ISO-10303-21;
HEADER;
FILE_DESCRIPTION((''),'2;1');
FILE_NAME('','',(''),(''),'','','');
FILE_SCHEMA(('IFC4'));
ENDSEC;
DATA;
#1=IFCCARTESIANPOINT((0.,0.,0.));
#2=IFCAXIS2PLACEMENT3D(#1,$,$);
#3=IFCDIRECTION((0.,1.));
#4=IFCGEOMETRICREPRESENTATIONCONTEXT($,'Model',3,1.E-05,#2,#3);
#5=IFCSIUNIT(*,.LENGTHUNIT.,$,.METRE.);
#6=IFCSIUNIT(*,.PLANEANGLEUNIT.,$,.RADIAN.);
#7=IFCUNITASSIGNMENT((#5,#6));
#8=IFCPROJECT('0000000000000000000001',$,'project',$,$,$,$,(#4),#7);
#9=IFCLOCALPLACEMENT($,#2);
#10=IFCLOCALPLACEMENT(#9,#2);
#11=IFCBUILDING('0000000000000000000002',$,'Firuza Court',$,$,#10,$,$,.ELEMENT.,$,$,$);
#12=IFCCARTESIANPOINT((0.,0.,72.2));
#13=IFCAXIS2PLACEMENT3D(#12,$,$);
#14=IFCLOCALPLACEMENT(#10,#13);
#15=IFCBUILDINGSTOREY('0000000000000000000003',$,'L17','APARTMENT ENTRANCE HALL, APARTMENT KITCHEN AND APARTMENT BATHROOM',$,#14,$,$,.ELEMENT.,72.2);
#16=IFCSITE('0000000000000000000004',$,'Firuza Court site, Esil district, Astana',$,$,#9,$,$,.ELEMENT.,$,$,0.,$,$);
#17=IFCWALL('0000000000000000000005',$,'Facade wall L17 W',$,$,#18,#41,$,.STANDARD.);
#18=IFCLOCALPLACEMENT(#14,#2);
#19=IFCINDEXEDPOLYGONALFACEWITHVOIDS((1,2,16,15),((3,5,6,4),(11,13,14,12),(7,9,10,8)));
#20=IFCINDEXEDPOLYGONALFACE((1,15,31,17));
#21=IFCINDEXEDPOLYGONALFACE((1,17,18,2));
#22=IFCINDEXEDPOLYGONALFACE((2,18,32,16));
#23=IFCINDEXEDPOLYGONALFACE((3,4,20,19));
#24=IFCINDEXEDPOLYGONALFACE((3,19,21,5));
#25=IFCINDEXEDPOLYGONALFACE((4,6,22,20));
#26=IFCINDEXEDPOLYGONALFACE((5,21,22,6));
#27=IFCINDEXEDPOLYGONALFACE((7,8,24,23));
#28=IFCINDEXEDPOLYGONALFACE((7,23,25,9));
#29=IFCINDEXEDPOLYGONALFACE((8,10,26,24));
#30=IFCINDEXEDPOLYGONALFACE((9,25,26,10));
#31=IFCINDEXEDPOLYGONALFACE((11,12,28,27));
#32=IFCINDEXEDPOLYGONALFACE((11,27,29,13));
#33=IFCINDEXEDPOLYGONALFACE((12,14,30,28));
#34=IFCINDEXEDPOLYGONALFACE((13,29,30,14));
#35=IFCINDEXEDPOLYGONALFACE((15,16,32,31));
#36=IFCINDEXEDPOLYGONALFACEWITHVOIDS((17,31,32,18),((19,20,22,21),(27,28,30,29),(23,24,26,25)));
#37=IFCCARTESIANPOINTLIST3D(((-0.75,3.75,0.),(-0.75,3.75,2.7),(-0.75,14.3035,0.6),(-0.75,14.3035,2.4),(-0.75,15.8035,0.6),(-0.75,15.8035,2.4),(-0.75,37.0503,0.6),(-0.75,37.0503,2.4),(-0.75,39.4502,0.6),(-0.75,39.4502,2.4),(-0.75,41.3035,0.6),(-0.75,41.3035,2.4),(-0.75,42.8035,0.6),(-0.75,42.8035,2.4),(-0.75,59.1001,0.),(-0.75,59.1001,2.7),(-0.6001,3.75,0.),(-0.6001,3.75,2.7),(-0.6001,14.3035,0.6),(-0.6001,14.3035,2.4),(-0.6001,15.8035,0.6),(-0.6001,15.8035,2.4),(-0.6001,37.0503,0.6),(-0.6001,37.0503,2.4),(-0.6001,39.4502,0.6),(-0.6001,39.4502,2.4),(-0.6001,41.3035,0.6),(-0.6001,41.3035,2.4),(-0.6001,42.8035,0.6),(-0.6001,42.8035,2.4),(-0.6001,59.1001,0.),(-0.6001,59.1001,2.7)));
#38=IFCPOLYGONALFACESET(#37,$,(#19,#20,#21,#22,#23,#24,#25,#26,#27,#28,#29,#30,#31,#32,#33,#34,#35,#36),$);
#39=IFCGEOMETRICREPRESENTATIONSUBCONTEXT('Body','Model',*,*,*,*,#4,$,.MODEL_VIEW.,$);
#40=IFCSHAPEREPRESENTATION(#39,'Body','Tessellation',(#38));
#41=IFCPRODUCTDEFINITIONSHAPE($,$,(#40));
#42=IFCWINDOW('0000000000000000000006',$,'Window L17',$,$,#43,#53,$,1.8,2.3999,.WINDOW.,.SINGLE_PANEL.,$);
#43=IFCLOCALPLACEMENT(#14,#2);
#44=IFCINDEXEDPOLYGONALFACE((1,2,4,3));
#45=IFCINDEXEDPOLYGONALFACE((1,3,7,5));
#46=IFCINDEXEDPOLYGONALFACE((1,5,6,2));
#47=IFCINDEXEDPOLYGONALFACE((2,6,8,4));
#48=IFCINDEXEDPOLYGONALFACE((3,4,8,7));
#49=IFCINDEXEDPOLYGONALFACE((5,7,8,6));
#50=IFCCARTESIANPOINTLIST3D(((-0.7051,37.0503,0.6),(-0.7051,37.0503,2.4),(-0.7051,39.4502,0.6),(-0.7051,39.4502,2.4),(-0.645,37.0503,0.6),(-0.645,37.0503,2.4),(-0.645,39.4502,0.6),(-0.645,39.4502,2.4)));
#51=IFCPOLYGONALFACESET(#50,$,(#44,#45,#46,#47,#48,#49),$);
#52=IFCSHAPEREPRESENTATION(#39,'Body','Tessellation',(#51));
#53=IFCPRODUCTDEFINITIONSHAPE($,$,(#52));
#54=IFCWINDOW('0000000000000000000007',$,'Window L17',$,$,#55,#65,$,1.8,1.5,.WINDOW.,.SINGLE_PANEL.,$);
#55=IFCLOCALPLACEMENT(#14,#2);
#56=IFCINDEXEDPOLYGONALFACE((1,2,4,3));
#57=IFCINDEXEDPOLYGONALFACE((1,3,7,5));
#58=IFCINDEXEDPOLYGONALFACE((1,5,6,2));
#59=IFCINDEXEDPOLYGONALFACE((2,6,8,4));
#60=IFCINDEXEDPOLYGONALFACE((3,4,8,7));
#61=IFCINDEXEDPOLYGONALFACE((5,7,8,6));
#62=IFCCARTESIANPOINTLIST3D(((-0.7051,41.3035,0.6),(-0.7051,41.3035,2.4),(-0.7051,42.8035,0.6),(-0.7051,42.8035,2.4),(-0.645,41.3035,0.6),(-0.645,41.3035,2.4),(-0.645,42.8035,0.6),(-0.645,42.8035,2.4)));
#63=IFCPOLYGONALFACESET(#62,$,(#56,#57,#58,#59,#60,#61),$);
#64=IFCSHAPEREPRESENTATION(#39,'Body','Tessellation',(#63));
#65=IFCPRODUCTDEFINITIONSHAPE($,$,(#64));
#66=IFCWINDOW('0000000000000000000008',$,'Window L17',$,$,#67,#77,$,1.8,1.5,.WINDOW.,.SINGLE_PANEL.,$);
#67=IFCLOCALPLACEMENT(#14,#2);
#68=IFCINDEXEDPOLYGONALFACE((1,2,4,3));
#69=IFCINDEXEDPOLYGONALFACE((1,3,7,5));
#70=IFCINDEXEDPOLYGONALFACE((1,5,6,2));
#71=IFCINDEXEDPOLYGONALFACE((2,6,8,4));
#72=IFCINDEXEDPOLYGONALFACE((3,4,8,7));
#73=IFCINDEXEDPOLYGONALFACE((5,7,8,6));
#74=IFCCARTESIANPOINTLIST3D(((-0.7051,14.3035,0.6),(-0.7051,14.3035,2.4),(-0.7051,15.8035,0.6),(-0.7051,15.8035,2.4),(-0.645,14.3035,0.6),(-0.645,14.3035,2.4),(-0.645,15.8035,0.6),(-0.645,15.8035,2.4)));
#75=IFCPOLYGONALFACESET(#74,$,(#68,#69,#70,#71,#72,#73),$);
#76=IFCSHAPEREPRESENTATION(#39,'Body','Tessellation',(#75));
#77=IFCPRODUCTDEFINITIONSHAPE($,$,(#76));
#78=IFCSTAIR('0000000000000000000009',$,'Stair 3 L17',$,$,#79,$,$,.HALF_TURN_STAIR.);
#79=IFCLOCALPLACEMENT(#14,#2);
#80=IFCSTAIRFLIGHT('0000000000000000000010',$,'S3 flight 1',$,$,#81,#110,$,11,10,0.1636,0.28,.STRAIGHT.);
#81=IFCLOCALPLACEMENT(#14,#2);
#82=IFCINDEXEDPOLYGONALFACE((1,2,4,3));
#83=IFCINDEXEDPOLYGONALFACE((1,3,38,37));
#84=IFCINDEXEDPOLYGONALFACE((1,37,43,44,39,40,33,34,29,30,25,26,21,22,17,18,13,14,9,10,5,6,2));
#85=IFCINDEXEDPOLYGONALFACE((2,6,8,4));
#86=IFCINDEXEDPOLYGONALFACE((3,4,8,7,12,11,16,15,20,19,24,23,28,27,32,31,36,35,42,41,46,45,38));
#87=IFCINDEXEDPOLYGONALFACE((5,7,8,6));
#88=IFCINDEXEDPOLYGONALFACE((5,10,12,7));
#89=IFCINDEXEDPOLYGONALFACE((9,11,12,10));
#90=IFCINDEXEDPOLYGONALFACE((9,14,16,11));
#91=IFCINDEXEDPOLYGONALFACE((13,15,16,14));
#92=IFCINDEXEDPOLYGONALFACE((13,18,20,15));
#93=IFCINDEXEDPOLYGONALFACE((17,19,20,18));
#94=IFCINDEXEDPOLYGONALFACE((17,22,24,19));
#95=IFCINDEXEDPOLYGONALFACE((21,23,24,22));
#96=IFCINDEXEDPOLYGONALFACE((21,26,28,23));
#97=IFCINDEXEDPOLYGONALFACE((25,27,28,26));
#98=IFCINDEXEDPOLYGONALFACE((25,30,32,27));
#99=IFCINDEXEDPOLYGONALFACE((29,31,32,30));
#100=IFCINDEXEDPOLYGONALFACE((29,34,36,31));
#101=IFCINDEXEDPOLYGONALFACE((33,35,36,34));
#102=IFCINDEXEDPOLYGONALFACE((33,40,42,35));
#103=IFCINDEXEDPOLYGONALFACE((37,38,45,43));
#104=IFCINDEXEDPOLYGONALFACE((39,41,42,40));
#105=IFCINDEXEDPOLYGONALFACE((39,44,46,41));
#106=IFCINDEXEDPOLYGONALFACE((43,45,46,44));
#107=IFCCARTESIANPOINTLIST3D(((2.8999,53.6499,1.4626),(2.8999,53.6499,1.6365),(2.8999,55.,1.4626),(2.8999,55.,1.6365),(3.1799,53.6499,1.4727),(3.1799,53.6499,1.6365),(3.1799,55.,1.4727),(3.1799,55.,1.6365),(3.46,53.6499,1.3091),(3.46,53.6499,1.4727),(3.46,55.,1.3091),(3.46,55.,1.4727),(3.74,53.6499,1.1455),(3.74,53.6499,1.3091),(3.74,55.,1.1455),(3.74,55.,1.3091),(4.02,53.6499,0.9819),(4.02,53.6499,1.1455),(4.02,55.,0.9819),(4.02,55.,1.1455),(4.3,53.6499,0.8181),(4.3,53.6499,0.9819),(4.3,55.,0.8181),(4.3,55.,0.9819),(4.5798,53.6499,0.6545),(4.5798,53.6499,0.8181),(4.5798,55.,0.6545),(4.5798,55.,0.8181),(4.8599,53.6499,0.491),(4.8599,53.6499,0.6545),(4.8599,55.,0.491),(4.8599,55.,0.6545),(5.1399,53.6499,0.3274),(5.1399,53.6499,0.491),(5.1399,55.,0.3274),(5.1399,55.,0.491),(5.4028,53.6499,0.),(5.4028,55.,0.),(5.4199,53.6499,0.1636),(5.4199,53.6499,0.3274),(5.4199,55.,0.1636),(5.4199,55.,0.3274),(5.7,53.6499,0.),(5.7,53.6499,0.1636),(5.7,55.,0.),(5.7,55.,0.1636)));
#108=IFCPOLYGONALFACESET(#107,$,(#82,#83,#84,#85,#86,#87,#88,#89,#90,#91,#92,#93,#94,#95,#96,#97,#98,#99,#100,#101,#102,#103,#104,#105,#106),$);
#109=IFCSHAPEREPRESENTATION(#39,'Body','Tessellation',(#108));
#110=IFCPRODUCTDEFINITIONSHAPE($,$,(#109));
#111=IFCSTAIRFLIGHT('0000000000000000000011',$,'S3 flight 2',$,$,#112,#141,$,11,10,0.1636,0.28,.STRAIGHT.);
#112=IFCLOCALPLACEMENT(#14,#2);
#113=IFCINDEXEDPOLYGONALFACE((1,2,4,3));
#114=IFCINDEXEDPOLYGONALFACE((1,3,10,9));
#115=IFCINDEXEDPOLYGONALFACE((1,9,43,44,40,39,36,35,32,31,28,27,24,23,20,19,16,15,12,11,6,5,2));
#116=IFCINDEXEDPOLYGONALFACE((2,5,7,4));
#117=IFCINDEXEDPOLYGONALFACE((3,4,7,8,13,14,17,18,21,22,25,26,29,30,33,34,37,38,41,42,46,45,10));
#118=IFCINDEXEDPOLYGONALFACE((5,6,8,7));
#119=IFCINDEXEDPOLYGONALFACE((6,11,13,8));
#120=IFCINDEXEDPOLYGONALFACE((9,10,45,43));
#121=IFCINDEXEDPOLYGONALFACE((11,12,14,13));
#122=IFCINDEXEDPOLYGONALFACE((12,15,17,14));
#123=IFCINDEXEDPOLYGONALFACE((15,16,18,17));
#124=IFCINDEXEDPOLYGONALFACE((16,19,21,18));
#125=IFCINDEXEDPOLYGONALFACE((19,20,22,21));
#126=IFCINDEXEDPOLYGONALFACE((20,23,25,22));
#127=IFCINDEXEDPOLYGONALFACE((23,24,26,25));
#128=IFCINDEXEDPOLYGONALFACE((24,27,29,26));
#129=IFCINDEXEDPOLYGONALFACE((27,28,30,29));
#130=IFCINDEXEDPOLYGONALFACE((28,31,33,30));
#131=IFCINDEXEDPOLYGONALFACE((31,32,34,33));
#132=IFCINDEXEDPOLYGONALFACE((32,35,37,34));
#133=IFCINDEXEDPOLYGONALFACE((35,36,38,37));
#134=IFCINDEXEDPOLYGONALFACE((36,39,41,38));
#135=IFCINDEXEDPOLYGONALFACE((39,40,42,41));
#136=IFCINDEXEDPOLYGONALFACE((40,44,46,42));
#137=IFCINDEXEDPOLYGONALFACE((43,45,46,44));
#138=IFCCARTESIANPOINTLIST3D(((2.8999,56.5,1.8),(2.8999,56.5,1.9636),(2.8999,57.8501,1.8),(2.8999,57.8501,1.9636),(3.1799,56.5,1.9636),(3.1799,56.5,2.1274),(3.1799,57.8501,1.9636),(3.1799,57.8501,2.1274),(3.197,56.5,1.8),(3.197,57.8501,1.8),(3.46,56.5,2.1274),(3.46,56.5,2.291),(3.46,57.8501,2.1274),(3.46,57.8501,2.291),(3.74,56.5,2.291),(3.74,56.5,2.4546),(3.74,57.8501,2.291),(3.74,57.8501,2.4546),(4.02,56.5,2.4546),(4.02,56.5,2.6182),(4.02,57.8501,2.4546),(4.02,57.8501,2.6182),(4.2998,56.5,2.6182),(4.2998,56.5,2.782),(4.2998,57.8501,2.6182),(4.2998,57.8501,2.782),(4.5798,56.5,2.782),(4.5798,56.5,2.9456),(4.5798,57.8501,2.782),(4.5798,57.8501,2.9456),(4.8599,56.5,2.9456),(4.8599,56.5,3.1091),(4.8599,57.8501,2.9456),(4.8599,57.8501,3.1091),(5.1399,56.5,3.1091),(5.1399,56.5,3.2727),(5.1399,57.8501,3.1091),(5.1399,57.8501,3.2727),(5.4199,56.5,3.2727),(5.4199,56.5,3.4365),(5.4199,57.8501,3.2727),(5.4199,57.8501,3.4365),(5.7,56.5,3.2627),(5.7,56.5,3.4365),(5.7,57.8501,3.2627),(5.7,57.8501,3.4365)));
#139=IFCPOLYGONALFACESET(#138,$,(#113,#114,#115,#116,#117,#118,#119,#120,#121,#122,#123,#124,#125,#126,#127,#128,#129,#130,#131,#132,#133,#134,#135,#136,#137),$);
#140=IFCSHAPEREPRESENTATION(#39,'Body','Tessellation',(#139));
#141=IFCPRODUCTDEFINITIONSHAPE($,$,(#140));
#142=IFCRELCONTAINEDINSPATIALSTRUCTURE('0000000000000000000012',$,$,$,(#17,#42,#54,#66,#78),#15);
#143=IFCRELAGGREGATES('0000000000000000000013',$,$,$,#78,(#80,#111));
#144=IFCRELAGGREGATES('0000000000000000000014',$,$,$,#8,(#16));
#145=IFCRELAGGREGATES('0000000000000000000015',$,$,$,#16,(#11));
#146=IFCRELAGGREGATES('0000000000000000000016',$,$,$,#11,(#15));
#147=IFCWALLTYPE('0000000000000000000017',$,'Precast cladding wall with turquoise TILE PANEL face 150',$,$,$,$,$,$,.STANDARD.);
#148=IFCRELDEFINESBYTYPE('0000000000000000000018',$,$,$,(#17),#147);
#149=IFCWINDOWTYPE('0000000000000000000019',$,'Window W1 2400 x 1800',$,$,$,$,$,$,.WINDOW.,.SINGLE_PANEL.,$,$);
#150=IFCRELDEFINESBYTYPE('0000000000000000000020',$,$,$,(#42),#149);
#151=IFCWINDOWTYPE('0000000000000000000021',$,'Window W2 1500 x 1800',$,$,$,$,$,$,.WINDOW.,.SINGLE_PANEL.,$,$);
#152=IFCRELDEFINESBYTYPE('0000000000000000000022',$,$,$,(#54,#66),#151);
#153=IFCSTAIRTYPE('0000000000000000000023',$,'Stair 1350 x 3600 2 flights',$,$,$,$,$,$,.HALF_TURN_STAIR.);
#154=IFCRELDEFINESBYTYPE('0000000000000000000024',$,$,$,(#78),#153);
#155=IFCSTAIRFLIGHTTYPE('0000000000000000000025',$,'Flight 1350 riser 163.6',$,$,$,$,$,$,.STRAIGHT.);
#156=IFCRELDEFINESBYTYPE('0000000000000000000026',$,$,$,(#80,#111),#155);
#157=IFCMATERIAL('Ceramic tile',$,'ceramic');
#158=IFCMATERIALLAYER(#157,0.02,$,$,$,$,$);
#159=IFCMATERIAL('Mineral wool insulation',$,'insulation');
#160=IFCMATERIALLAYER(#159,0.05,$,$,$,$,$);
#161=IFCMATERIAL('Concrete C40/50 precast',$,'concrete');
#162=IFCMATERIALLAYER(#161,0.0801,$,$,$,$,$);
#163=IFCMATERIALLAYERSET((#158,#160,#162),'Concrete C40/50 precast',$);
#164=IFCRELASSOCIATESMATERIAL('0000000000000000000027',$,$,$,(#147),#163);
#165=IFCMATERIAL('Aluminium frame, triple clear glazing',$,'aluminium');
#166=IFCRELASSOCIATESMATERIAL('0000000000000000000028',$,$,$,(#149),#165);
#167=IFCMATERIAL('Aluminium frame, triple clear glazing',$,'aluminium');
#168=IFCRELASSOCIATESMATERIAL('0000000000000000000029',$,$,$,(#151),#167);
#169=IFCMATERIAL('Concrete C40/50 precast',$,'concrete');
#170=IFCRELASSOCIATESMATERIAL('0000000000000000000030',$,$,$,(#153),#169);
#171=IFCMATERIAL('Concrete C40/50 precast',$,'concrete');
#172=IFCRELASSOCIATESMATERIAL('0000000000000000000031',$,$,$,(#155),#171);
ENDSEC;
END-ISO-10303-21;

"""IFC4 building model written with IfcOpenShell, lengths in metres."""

from ifc_helpers import new_model, si_unit, direction, frame, frame_2d, origin, place, context, subcontext, project, spatial, polyline, rectangle, outline, extrude, material, layer, layer_set, type_object, element, fill, aggregate, save


model = new_model("IFC4")

# Units and contexts
model_context = context("Model", 3, precision=1e-05, world=origin(), true_north=direction((0.0, 1.0)))
body_context = subcontext(model_context, "Body", "Model", "MODEL_VIEW")
ifc_project = project(units=[si_unit("LENGTHUNIT", "METRE"), si_unit("PLANEANGLEUNIT", "RADIAN")], contexts=[model_context])

# Site, building, storey
site_placement = place(None, origin())
site = spatial("IfcSite", under=ifc_project, at=site_placement, Name="Firuza Court site, Esil district, Astana", CompositionType="ELEMENT", RefElevation=0.0)
building_placement = place(site_placement, origin())
building = spatial("IfcBuilding", under=site, at=building_placement, Name="Firuza Court", CompositionType="ELEMENT")
storey_placement = place(building_placement, frame((0.0, 0.0, 72.2)))
storey = spatial("IfcBuildingStorey", under=building, at=storey_placement, Name="L17", Description="APARTMENT ENTRANCE HALL, APARTMENT KITCHEN AND APARTMENT BATHROOM", CompositionType="ELEMENT", Elevation=72.2)

# Wall, openings, windows
ifc_material_1 = material(Name="Ceramic tile", Category="ceramic")
ifc_layer_1 = layer(ifc_material_1, 0.02)
ifc_material_2 = material(Name="Mineral wool insulation", Category="insulation")
ifc_layer_2 = layer(ifc_material_2, 0.05)
ifc_material_3 = material(Name="Concrete C40/50 precast", Category="concrete")
ifc_layer_3 = layer(ifc_material_3, 0.0801)
ifc_layer_set_1 = layer_set([ifc_layer_1, ifc_layer_2, ifc_layer_3], Name="Concrete C40/50 precast")
wall_type_1 = type_object("IfcWallType", Name="Precast cladding wall with turquoise TILE PANEL face 150", PredefinedType="STANDARD", material=ifc_layer_set_1)
wall_1_placement = place(storey_placement, frame((-0.675, 59.1001, 0.0), z_axis=(0.0, 0.0, 1.0), x_axis=(0.0, -1.0, 0.0)))
wall_1 = element("IfcWall", 1, at=wall_1_placement, inside=storey, type_object=wall_type_1, Name="Facade wall L17 W", PredefinedType="STANDARD", context=body_context, shape_type="SweptSolid", body=[
    extrude(rectangle(XDim=55.3501, YDim=0.1499, at=frame_2d((27.675, 0.0))), origin(), (0.0, 0.0, 1.0), 2.7),
])
opening_1_placement = place(wall_1_placement, frame((16.2966, 0.0, 0.6001)))
opening_1 = element("IfcOpeningElement", 2, at=opening_1_placement, cuts=wall_1, PredefinedType="OPENING", context=body_context, shape_type="SweptSolid", body=[
    extrude(rectangle(XDim=1.5, YDim=1.8, at=frame_2d((0.75, 0.8999))), frame((0.0, 0.0869, 0.0), z_axis=(0.0, -1.0, 0.0), x_axis=(1.0, 0.0, 0.0)), (0.0, 0.0, 1.0), 0.1738),
])
opening_2_placement = place(wall_1_placement, frame((19.6499, 0.0, 0.6001)))
opening_2 = element("IfcOpeningElement", 3, at=opening_2_placement, cuts=wall_1, PredefinedType="OPENING", context=body_context, shape_type="SweptSolid", body=[
    extrude(rectangle(XDim=2.3999, YDim=1.8, at=frame_2d((1.2, 0.8999))), frame((0.0, 0.0869, 0.0), z_axis=(0.0, -1.0, 0.0), x_axis=(1.0, 0.0, 0.0)), (0.0, 0.0, 1.0), 0.1738),
])
opening_3_placement = place(wall_1_placement, frame((43.2966, 0.0, 0.6001)))
opening_3 = element("IfcOpeningElement", 4, at=opening_3_placement, cuts=wall_1, PredefinedType="OPENING", context=body_context, shape_type="SweptSolid", body=[
    extrude(rectangle(XDim=1.5, YDim=1.8, at=frame_2d((0.75, 0.8999))), frame((0.0, 0.0869, 0.0), z_axis=(0.0, -1.0, 0.0), x_axis=(1.0, 0.0, 0.0)), (0.0, 0.0, 1.0), 0.1738),
])
ifc_material_4 = material(Name="Aluminium frame, triple clear glazing", Category="aluminium")
window_type_1 = type_object("IfcWindowType", Name="Window W1 2400 x 1800", PartitioningType="SINGLE_PANEL", PredefinedType="WINDOW", material=ifc_material_4)
window_1_placement = place(opening_2_placement, origin())
window_1 = element("IfcWindow", 5, at=window_1_placement, inside=storey, type_object=window_type_1, Name="Window L17", OverallHeight=1.8, OverallWidth=2.3999, PartitioningType="SINGLE_PANEL", PredefinedType="WINDOW", context=body_context, shape_type="SweptSolid", body=[
    extrude(rectangle(XDim=2.3999, YDim=1.8, at=frame_2d((1.2, 0.8999))), frame((0.0, 0.03, 0.0), z_axis=(0.0, -1.0, 0.0), x_axis=(1.0, 0.0, 0.0)), (0.0, 0.0, 1.0), 0.0601),
])
fill(opening_2, window_1)
ifc_material_5 = material(Name="Aluminium frame, triple clear glazing", Category="aluminium")
window_type_2 = type_object("IfcWindowType", Name="Window W2 1500 x 1800", PartitioningType="SINGLE_PANEL", PredefinedType="WINDOW", material=ifc_material_5)
window_2_placement = place(opening_1_placement, origin())
window_2 = element("IfcWindow", 6, at=window_2_placement, inside=storey, type_object=window_type_2, Name="Window L17", OverallHeight=1.8, OverallWidth=1.5, PartitioningType="SINGLE_PANEL", PredefinedType="WINDOW", context=body_context, shape_type="SweptSolid", body=[
    extrude(rectangle(XDim=1.5, YDim=1.8, at=frame_2d((0.75, 0.8999))), frame((0.0, 0.03, 0.0), z_axis=(0.0, -1.0, 0.0), x_axis=(1.0, 0.0, 0.0)), (0.0, 0.0, 1.0), 0.0601),
])
fill(opening_1, window_2)
window_3_placement = place(opening_3_placement, origin())
window_3 = element("IfcWindow", 7, at=window_3_placement, inside=storey, type_object=window_type_2, Name="Window L17", OverallHeight=1.8, OverallWidth=1.5, PartitioningType="SINGLE_PANEL", PredefinedType="WINDOW", context=body_context, shape_type="SweptSolid", body=[
    extrude(rectangle(XDim=1.5, YDim=1.8, at=frame_2d((0.75, 0.8999))), frame((0.0, 0.03, 0.0), z_axis=(0.0, -1.0, 0.0), x_axis=(1.0, 0.0, 0.0)), (0.0, 0.0, 1.0), 0.0601),
])
fill(opening_3, window_3)

# Stair, stair flights
ifc_material_6 = material(Name="Concrete C40/50 precast", Category="concrete")
stair_type = type_object("IfcStairType", Name="Stair 1350 x 3600 2 flights", PredefinedType="HALF_TURN_STAIR", material=ifc_material_6)
stair_placement = place(storey_placement, origin())
stair = element("IfcStair", 8, at=stair_placement, inside=storey, type_object=stair_type, Name="Stair 3 L17", PredefinedType="HALF_TURN_STAIR")
ifc_material_7 = material(Name="Concrete C40/50 precast", Category="concrete")
stair_flight_type = type_object("IfcStairFlightType", Name="Flight 1350 riser 163.6", PredefinedType="STRAIGHT", material=ifc_material_7)
stair_flight_1_placement = place(storey_placement, frame((5.7, 54.325, 0.0), z_axis=(0.0, 0.0, 1.0), x_axis=(-1.0, 0.0, 0.0)))
stair_flight_1 = element("IfcStairFlight", 9, at=stair_flight_1_placement, type_object=stair_flight_type, Name="S3 flight 1", NumberOfRisers=11, NumberOfTreads=10, PredefinedType="STRAIGHT", RiserHeight=0.1636, TreadLength=0.28, context=body_context, shape_type="SweptSolid", body=[
    extrude(outline(polyline([(0.0, 0.0), (0.0, 0.1636), (0.28, 0.1636), (0.28, 0.3274), (0.5601, 0.3274), (0.5601, 0.491), (0.8401, 0.491), (0.8401, 0.6545), (1.1201, 0.6545), (1.1201, 0.8181), (1.3999, 0.8181), (1.3999, 0.9819), (1.6799, 0.9819), (1.6799, 1.1455), (1.96, 1.1455), (1.96, 1.3091), (2.24, 1.3091), (2.24, 1.4727), (2.52, 1.4727), (2.52, 1.6365), (2.8, 1.6365), (2.8, 1.8), (2.8, 1.4626), (0.2971, 0.0), (0.0, 0.0)])), frame((0.0, 0.675, 0.0), z_axis=(0.0, -1.0, 0.0), x_axis=(1.0, 0.0, 0.0)), (0.0, 0.0, 1.0), 1.3501),
])
stair_flight_2_placement = place(storey_placement, frame((2.8999, 57.175, 1.8), z_axis=(0.0, 0.0, 1.0), x_axis=(1.0, 0.0, 0.0)))
stair_flight_2 = element("IfcStairFlight", 10, at=stair_flight_2_placement, type_object=stair_flight_type, Name="S3 flight 2", NumberOfRisers=11, NumberOfTreads=10, PredefinedType="STRAIGHT", RiserHeight=0.1636, TreadLength=0.28, context=body_context, shape_type="SweptSolid", body=[
    extrude(outline(polyline([(0.0, 0.0), (0.0, 0.1636), (0.28, 0.1636), (0.28, 0.3274), (0.5601, 0.3274), (0.5601, 0.491), (0.8401, 0.491), (0.8401, 0.6545), (1.1201, 0.6545), (1.1201, 0.8181), (1.3999, 0.8181), (1.3999, 0.9819), (1.6799, 0.9819), (1.6799, 1.1455), (1.96, 1.1455), (1.96, 1.3091), (2.24, 1.3091), (2.24, 1.4727), (2.52, 1.4727), (2.52, 1.6365), (2.8, 1.6365), (2.8, 1.8), (2.8, 1.4626), (0.2971, 0.0), (0.0, 0.0)])), frame((0.0, 0.675, 0.0), z_axis=(0.0, -1.0, 0.0), x_axis=(1.0, 0.0, 0.0)), (0.0, 0.0, 1.0), 1.3501),
])
aggregate(stair, [stair_flight_1, stair_flight_2])

save(model, "model.ifc")
